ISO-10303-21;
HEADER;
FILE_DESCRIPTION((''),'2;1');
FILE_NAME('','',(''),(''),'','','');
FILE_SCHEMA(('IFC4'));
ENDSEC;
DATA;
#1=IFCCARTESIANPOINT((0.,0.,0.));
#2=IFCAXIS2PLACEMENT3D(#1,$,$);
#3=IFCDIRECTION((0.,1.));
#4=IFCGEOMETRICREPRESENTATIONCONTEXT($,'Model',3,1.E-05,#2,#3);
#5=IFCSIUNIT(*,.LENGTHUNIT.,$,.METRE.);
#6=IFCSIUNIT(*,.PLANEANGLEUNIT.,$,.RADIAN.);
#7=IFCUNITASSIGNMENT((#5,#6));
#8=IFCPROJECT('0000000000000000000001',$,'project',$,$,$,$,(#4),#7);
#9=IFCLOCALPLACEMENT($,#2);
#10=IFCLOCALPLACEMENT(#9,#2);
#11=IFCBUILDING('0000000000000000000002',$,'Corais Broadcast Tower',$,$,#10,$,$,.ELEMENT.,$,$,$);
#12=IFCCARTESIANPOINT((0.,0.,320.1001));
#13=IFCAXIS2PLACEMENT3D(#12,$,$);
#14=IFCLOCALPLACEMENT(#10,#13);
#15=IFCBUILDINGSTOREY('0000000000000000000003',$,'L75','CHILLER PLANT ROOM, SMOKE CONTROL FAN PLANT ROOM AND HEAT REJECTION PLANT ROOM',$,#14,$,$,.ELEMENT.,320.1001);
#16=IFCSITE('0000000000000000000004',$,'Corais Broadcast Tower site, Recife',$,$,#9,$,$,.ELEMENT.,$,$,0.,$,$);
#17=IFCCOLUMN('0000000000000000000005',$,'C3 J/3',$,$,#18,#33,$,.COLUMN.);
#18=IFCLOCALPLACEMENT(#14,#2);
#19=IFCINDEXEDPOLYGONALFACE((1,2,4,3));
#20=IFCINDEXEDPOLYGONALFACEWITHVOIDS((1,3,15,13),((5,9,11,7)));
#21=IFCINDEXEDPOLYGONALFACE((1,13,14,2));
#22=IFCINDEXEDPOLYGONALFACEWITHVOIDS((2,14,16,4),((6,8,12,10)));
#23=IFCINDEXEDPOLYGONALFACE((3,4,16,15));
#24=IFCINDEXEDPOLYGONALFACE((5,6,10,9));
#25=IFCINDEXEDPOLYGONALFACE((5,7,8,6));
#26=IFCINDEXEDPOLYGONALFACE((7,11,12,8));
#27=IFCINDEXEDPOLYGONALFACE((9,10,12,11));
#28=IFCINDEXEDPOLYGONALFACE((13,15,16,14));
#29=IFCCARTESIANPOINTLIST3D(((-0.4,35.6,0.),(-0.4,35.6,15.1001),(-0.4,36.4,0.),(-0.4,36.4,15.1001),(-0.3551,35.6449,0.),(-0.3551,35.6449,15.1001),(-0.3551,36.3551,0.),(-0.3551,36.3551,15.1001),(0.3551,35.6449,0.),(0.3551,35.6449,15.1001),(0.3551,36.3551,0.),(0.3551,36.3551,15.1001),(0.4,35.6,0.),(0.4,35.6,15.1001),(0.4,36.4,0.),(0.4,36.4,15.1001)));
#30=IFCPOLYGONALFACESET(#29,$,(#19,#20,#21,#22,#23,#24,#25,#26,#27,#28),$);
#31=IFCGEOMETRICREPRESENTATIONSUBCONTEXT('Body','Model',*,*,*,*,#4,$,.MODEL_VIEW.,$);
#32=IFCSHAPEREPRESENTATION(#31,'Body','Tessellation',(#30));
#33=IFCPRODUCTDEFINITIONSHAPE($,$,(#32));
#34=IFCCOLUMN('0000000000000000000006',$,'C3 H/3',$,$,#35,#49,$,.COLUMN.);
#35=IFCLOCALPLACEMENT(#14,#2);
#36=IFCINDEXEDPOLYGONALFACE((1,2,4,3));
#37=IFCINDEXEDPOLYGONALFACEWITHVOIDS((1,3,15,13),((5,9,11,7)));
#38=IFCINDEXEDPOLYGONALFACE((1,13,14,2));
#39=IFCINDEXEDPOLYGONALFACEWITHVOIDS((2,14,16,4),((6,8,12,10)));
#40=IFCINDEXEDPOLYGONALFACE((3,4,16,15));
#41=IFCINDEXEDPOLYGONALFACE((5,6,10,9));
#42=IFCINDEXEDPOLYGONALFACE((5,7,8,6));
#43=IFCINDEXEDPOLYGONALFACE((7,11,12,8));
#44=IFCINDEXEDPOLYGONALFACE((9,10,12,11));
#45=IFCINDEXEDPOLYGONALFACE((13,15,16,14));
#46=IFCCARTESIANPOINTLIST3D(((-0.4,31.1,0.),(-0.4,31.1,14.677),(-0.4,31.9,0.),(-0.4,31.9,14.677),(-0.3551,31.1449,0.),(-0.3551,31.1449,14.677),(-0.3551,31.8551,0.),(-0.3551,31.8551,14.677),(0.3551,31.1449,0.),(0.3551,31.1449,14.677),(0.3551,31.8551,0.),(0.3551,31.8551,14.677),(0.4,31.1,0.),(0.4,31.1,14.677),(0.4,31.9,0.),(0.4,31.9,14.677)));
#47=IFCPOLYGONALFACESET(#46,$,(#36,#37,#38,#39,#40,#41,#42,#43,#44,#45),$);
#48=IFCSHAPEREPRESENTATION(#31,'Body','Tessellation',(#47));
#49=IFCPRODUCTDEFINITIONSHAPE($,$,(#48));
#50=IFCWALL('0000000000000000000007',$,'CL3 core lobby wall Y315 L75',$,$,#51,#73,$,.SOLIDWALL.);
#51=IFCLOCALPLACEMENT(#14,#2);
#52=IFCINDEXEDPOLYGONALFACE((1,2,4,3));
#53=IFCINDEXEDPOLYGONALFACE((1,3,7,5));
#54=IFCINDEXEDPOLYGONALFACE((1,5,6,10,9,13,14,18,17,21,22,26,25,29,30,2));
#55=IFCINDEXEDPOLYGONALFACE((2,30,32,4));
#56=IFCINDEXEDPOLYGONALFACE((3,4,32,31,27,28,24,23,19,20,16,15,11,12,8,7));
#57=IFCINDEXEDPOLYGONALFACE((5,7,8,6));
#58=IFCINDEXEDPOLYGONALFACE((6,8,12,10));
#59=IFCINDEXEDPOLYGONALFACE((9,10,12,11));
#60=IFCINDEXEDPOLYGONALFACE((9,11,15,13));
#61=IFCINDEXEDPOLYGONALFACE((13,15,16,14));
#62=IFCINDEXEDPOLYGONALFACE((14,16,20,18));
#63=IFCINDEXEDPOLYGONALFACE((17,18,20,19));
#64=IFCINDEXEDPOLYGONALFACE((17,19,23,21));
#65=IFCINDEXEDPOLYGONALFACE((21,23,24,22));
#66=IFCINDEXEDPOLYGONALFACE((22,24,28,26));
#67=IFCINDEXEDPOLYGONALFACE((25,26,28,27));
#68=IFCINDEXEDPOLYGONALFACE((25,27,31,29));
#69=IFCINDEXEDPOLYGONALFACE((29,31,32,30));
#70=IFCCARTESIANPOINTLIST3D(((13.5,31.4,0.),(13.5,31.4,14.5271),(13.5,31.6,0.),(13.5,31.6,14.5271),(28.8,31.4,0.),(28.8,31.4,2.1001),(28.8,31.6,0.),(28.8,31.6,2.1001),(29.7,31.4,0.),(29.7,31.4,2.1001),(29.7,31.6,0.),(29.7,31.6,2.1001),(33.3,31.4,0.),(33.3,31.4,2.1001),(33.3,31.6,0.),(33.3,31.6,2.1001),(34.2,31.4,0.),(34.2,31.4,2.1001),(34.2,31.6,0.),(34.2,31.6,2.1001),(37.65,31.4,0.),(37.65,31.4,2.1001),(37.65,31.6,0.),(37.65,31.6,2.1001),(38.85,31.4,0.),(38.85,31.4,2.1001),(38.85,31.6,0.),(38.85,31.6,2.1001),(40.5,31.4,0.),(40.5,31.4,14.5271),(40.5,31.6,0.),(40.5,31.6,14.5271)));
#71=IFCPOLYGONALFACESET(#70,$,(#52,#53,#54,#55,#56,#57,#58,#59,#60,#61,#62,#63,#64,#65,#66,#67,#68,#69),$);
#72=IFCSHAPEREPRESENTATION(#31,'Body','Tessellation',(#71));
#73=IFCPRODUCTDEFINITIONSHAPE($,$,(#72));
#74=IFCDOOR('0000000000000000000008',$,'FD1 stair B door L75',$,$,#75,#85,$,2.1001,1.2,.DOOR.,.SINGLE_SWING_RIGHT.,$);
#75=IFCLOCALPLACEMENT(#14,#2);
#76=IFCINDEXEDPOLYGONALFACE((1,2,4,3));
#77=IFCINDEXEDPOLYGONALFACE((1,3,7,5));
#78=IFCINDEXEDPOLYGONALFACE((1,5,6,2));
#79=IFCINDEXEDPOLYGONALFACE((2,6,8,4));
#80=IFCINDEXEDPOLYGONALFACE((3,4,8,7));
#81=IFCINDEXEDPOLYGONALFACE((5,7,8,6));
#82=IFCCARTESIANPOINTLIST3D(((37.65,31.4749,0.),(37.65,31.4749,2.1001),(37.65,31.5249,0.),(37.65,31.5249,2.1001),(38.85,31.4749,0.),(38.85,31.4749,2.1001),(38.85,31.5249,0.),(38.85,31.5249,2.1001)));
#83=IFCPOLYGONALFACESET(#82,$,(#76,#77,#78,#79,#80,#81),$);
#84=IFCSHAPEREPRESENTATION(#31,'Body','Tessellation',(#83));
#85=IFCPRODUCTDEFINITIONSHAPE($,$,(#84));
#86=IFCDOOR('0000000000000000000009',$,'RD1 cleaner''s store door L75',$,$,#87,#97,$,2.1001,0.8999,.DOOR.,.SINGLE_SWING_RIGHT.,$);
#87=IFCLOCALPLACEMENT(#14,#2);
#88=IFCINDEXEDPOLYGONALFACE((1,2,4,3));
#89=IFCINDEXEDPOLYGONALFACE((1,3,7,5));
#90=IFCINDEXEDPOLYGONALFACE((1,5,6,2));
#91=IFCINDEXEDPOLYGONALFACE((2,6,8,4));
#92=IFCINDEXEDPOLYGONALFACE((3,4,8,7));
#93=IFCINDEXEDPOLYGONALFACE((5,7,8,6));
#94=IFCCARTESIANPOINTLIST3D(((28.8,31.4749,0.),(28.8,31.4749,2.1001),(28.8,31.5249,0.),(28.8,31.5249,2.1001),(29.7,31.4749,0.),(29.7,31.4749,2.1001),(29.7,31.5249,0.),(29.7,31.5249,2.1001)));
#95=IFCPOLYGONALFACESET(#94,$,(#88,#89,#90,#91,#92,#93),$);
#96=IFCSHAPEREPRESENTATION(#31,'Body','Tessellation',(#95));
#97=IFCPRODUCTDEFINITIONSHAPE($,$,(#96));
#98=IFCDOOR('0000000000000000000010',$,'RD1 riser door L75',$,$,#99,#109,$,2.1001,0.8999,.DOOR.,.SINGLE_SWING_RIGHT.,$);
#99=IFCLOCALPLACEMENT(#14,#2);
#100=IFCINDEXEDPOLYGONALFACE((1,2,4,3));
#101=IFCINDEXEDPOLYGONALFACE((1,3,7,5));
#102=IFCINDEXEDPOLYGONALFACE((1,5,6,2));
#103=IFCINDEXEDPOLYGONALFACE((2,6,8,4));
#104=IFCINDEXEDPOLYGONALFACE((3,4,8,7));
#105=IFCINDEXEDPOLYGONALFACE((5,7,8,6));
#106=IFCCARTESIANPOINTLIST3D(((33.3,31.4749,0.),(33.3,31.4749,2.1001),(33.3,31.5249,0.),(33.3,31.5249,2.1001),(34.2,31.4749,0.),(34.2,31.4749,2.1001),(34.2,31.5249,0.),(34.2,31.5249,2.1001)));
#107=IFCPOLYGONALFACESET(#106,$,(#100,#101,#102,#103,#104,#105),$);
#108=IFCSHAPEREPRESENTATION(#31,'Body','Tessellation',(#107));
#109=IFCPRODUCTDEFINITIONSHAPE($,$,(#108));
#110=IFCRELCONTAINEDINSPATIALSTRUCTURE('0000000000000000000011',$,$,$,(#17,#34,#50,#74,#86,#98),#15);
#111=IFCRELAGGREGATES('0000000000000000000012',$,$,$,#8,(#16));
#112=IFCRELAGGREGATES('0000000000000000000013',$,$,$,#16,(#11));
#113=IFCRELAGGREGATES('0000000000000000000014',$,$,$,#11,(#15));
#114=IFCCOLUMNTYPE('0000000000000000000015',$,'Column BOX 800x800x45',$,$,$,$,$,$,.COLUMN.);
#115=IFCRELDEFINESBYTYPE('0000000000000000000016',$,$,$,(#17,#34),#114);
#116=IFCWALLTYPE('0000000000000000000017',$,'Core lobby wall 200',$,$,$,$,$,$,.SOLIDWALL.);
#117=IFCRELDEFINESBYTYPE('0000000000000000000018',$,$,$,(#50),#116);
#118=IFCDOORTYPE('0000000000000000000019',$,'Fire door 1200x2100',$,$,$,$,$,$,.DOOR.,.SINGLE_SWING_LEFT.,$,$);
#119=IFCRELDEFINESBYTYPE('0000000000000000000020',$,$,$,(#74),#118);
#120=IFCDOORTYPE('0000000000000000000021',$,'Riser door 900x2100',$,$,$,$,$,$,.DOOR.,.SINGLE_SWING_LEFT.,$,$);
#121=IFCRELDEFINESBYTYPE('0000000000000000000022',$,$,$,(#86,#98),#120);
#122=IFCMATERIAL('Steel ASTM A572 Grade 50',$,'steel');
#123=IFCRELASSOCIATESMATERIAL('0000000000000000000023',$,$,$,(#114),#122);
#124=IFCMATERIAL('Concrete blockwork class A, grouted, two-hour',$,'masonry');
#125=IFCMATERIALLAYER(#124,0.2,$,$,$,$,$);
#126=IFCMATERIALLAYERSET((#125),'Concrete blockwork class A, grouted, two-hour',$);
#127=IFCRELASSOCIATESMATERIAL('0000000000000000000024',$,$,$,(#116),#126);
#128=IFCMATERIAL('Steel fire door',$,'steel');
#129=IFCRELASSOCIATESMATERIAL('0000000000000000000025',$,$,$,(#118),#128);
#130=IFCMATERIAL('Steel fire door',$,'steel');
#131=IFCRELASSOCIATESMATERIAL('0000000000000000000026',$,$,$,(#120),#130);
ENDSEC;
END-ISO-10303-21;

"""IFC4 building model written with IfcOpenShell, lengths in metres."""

from ifc_helpers import new_model, si_unit, direction, frame, frame_2d, origin, origin_2d, place, context, subcontext, project, spatial, rectangle, hollow_rectangle, extrude, material, layer, layer_set, material_profile, profile_set, type_object, element, fill, save


model = new_model("IFC4")

# Units and contexts
model_context = context("Model", 3, precision=1e-05, world=origin(), true_north=direction((0.0, 1.0)))
body_context = subcontext(model_context, "Body", "Model", "MODEL_VIEW")
ifc_project = project(units=[si_unit("LENGTHUNIT", "METRE"), si_unit("PLANEANGLEUNIT", "RADIAN")], contexts=[model_context])

# Site, building, storey
site_placement = place(None, origin())
site = spatial("IfcSite", under=ifc_project, at=site_placement, Name="Corais Broadcast Tower site, Recife", CompositionType="ELEMENT", RefElevation=0.0)
building_placement = place(site_placement, origin())
building = spatial("IfcBuilding", under=site, at=building_placement, Name="Corais Broadcast Tower", CompositionType="ELEMENT")
storey_placement = place(building_placement, frame((0.0, 0.0, 320.1001)))
storey = spatial("IfcBuildingStorey", under=building, at=storey_placement, Name="L75", Description="CHILLER PLANT ROOM, SMOKE CONTROL FAN PLANT ROOM AND HEAT REJECTION PLANT ROOM", CompositionType="ELEMENT", Elevation=320.1001)

# Columns
ifc_material_1 = material(Name="Steel ASTM A572 Grade 50", Category="steel")
ifc_material_profile = material_profile(ifc_material_1, hollow_rectangle(XDim=0.8, YDim=0.8, WallThickness=0.0449, at=origin_2d()), Name="BOX 800x800x45")
ifc_profile_set = profile_set([ifc_material_profile], Name="Steel ASTM A572 Grade 50")
column_type = type_object("IfcColumnType", Name="Column BOX 800x800x45", PredefinedType="COLUMN", material=ifc_profile_set)
column_1_placement = place(storey_placement, frame((0.0, 36.0, 0.0), z_axis=(0.0, 0.0, 1.0), x_axis=(1.0, 0.0, 0.0)))
element("IfcColumn", 1, at=column_1_placement, inside=storey, type_object=column_type, Name="C3 J/3", PredefinedType="COLUMN", context=body_context, shape_type="SweptSolid", body=[
    extrude(hollow_rectangle(XDim=0.8, YDim=0.8, WallThickness=0.0449, at=origin_2d()), origin(), (0.0, 0.0, 1.0), 15.1001),
])
column_2_placement = place(storey_placement, frame((0.0, 31.5, 0.0), z_axis=(0.0, 0.0, 1.0), x_axis=(1.0, 0.0, 0.0)))
element("IfcColumn", 2, at=column_2_placement, inside=storey, type_object=column_type, Name="C3 H/3", PredefinedType="COLUMN", context=body_context, shape_type="SweptSolid", body=[
    extrude(hollow_rectangle(XDim=0.8, YDim=0.8, WallThickness=0.0449, at=origin_2d()), origin(), (0.0, 0.0, 1.0), 14.677),
])

# Wall, openings, doors
ifc_material_2 = material(Name="Concrete blockwork class A, grouted, two-hour", Category="masonry")
ifc_layer_1 = layer(ifc_material_2, 0.2)
ifc_layer_set_1 = layer_set([ifc_layer_1], Name="Concrete blockwork class A, grouted, two-hour")
wall_type_1 = type_object("IfcWallType", Name="Core lobby wall 200", PredefinedType="SOLIDWALL", material=ifc_layer_set_1)
wall_1_placement = place(storey_placement, frame((13.5, 31.5, 0.0), z_axis=(0.0, 0.0, 1.0), x_axis=(1.0, 0.0, 0.0)))
wall_1 = element("IfcWall", 3, at=wall_1_placement, inside=storey, type_object=wall_type_1, Name="CL3 core lobby wall Y315 L75", PredefinedType="SOLIDWALL", context=body_context, shape_type="SweptSolid", body=[
    extrude(rectangle(XDim=27.0, YDim=0.2, at=frame_2d((13.5, 0.0))), origin(), (0.0, 0.0, 1.0), 14.5271),
])
opening_1_placement = place(wall_1_placement, frame((24.1499, 0.0, 0.0)))
opening_1 = element("IfcOpeningElement", 4, at=opening_1_placement, cuts=wall_1, PredefinedType="OPENING", context=body_context, shape_type="SweptSolid", body=[
    extrude(rectangle(XDim=1.2, YDim=2.1001, at=frame_2d((0.6001, 1.05))), frame((0.0, 0.1099, 0.0), z_axis=(0.0, -1.0, 0.0), x_axis=(1.0, 0.0, 0.0)), (0.0, 0.0, 1.0), 0.22),
])
opening_2_placement = place(wall_1_placement, frame((15.3, 0.0, 0.0)))
opening_2 = element("IfcOpeningElement", 5, at=opening_2_placement, cuts=wall_1, PredefinedType="OPENING", context=body_context, shape_type="SweptSolid", body=[
    extrude(rectangle(XDim=0.8999, YDim=2.1001, at=frame_2d((0.45, 1.05))), frame((0.0, 0.1099, 0.0), z_axis=(0.0, -1.0, 0.0), x_axis=(1.0, 0.0, 0.0)), (0.0, 0.0, 1.0), 0.22),
])
opening_3_placement = place(wall_1_placement, frame((19.8, 0.0, 0.0)))
opening_3 = element("IfcOpeningElement", 6, at=opening_3_placement, cuts=wall_1, PredefinedType="OPENING", context=body_context, shape_type="SweptSolid", body=[
    extrude(rectangle(XDim=0.8999, YDim=2.1001, at=frame_2d((0.45, 1.05))), frame((0.0, 0.1099, 0.0), z_axis=(0.0, -1.0, 0.0), x_axis=(1.0, 0.0, 0.0)), (0.0, 0.0, 1.0), 0.22),
])
ifc_material_3 = material(Name="Steel fire door", Category="steel")
door_type_1 = type_object("IfcDoorType", Name="Fire door 1200x2100", OperationType="SINGLE_SWING_LEFT", PredefinedType="DOOR", material=ifc_material_3)
door_1_placement = place(opening_1_placement, origin())
door_1 = element("IfcDoor", 7, at=door_1_placement, inside=storey, type_object=door_type_1, Name="FD1 stair B door L75", OperationType="SINGLE_SWING_RIGHT", OverallHeight=2.1001, OverallWidth=1.2, PredefinedType="DOOR", context=body_context, shape_type="SweptSolid", body=[
    extrude(rectangle(XDim=1.2, YDim=2.1001, at=frame_2d((0.6001, 1.05))), frame((0.0, 0.0249, 0.0), z_axis=(0.0, -1.0, 0.0), x_axis=(1.0, 0.0, 0.0)), (0.0, 0.0, 1.0), 0.05),
])
fill(opening_1, door_1)
ifc_material_4 = material(Name="Steel fire door", Category="steel")
door_type_2 = type_object("IfcDoorType", Name="Riser door 900x2100", OperationType="SINGLE_SWING_LEFT", PredefinedType="DOOR", material=ifc_material_4)
door_2_placement = place(opening_2_placement, origin())
door_2 = element("IfcDoor", 8, at=door_2_placement, inside=storey, type_object=door_type_2, Name="RD1 cleaner's store door L75", OperationType="SINGLE_SWING_RIGHT", OverallHeight=2.1001, OverallWidth=0.8999, PredefinedType="DOOR", context=body_context, shape_type="SweptSolid", body=[
    extrude(rectangle(XDim=0.8999, YDim=2.1001, at=frame_2d((0.45, 1.05))), frame((0.0, 0.0249, 0.0), z_axis=(0.0, -1.0, 0.0), x_axis=(1.0, 0.0, 0.0)), (0.0, 0.0, 1.0), 0.05),
])
fill(opening_2, door_2)
door_3_placement = place(opening_3_placement, origin())
door_3 = element("IfcDoor", 9, at=door_3_placement, inside=storey, type_object=door_type_2, Name="RD1 riser door L75", OperationType="SINGLE_SWING_RIGHT", OverallHeight=2.1001, OverallWidth=0.8999, PredefinedType="DOOR", context=body_context, shape_type="SweptSolid", body=[
    extrude(rectangle(XDim=0.8999, YDim=2.1001, at=frame_2d((0.45, 1.05))), frame((0.0, 0.0249, 0.0), z_axis=(0.0, -1.0, 0.0), x_axis=(1.0, 0.0, 0.0)), (0.0, 0.0, 1.0), 0.05),
])
fill(opening_3, door_3)

save(model, "model.ifc")
